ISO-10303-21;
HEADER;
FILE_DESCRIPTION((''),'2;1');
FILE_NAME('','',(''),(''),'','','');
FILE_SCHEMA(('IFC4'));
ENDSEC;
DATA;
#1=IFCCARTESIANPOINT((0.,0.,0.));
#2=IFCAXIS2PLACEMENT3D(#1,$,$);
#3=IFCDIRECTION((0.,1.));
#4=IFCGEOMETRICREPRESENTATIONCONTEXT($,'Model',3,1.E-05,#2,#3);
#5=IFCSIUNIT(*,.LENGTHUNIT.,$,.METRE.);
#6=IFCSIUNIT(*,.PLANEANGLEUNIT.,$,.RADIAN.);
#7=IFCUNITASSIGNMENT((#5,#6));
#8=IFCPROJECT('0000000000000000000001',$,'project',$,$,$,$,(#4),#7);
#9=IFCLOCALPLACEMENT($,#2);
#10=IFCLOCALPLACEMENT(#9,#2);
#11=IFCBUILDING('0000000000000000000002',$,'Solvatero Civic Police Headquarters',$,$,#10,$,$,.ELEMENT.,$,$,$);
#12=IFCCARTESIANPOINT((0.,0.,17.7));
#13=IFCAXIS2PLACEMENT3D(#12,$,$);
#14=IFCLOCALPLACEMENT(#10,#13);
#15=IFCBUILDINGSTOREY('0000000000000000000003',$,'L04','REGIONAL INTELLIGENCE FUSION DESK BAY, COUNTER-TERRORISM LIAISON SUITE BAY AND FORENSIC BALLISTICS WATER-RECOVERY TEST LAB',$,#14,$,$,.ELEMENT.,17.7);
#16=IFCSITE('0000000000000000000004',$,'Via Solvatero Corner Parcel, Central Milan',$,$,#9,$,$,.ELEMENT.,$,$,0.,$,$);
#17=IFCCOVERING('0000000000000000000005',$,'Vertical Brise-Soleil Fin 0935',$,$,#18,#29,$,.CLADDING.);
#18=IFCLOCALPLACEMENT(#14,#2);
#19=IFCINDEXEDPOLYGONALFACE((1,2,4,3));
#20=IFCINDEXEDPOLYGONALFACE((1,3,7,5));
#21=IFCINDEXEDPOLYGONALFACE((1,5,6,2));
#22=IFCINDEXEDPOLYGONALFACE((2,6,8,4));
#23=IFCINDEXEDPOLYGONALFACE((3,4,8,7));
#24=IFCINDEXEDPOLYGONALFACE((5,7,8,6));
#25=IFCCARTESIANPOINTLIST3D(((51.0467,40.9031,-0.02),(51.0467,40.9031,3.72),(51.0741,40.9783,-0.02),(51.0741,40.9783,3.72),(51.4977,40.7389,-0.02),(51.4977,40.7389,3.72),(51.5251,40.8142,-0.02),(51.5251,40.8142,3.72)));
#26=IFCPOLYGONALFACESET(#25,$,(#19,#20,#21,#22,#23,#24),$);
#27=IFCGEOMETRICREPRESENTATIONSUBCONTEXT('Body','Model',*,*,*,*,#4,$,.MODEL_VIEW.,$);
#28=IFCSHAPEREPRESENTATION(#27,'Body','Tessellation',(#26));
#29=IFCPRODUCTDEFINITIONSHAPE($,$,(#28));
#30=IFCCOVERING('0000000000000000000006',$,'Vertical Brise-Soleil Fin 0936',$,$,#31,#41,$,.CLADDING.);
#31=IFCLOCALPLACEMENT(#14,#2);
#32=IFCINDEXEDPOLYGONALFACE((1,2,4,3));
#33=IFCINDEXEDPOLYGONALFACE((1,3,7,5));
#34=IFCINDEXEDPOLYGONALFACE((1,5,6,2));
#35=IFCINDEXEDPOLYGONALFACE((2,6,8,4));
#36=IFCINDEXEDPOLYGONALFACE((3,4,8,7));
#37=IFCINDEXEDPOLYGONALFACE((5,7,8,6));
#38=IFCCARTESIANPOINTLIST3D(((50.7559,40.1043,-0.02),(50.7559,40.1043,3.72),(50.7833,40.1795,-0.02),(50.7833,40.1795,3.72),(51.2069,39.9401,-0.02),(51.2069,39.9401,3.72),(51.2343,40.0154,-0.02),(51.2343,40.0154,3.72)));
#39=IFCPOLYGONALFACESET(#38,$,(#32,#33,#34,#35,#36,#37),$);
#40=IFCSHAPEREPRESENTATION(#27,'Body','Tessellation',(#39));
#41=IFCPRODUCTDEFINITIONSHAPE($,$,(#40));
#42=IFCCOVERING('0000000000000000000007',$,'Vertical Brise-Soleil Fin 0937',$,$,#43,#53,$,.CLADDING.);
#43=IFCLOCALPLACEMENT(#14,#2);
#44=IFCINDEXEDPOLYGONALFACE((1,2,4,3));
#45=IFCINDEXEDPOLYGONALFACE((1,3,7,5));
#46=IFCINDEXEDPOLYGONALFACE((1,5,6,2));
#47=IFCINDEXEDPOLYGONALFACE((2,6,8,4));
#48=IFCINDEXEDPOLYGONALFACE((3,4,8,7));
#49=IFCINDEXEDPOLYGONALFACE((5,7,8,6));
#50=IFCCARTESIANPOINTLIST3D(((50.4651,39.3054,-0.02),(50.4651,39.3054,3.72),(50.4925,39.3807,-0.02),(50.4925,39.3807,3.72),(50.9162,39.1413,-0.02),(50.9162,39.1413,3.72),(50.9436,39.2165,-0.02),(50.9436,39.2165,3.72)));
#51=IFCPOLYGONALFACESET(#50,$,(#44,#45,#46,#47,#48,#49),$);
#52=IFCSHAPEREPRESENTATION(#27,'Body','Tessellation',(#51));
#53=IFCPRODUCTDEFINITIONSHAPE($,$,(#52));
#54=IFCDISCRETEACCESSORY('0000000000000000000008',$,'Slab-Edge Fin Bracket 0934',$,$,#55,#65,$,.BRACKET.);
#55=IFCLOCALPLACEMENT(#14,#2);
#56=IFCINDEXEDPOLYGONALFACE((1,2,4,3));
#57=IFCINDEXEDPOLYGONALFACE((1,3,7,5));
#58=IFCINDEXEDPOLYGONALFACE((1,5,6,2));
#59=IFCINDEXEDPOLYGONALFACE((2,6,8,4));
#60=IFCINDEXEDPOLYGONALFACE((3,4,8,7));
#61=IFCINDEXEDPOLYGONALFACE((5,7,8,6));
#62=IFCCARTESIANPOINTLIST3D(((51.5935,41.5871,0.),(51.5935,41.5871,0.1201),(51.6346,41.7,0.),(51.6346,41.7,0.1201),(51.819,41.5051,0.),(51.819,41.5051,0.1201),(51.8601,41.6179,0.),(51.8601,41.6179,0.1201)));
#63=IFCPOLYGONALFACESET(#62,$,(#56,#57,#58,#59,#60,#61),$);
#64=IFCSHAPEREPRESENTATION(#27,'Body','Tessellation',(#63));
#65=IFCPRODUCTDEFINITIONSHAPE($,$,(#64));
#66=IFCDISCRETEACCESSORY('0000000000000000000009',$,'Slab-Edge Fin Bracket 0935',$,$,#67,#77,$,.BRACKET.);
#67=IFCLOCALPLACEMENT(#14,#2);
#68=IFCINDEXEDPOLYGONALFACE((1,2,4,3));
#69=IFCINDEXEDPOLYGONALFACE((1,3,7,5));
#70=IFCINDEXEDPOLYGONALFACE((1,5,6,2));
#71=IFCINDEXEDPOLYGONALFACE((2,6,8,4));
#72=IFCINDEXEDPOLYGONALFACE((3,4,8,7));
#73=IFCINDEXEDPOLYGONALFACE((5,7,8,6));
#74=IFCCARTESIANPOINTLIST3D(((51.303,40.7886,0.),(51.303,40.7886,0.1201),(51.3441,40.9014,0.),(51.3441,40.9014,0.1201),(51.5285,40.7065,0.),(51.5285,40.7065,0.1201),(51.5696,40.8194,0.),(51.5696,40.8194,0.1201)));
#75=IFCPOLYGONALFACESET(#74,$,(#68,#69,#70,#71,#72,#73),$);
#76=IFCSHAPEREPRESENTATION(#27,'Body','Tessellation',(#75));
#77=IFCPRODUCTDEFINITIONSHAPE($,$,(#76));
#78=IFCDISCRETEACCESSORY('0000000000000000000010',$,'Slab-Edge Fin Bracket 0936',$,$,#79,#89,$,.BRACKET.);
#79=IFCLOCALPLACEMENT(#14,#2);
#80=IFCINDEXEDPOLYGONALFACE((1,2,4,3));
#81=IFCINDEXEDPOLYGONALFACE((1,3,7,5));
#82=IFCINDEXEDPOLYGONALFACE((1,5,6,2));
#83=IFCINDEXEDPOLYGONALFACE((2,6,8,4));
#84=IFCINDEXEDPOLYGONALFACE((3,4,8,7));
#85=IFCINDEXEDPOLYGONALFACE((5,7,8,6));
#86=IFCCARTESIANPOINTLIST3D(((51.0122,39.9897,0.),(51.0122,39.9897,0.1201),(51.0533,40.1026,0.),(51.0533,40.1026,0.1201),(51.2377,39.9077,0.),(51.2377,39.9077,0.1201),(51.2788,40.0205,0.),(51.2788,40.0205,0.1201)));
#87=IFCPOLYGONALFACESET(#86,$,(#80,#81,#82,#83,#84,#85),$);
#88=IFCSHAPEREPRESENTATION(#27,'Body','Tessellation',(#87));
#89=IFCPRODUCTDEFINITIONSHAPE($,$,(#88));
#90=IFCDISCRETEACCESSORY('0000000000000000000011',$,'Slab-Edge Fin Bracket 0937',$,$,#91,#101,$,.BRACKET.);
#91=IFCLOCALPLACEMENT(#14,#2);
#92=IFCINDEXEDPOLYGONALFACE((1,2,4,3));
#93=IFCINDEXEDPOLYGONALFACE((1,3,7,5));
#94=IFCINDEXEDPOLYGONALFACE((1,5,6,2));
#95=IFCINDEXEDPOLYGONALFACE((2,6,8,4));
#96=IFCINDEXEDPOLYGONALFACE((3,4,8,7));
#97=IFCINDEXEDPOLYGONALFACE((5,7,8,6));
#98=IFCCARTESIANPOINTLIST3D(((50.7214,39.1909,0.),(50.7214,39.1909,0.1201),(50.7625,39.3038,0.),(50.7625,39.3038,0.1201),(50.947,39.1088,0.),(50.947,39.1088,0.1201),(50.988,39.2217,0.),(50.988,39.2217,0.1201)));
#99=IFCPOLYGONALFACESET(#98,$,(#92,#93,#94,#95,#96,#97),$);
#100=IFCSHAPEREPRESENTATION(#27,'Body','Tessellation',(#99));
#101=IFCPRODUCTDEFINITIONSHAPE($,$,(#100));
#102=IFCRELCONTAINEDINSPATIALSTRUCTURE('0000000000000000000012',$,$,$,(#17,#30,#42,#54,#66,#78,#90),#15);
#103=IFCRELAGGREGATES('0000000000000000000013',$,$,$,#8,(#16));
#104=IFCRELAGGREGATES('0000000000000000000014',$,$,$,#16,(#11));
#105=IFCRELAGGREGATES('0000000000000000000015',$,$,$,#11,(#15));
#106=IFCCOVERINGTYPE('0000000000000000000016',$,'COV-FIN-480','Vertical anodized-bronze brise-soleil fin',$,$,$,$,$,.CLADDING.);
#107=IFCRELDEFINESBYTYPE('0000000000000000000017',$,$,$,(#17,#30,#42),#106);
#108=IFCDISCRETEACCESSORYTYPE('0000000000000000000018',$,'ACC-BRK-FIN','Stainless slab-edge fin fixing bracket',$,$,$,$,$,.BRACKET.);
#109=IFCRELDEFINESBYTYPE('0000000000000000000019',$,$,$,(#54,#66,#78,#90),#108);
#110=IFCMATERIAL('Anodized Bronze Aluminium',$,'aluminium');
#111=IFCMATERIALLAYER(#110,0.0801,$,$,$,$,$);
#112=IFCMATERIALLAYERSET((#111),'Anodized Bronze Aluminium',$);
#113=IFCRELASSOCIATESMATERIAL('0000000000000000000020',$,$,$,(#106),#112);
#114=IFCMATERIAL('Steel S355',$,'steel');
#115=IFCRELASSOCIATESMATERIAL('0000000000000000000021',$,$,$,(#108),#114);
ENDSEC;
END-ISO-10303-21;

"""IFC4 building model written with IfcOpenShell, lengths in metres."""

from ifc_helpers import new_model, si_unit, direction, frame, origin, origin_2d, place, context, subcontext, project, spatial, rectangle, extrude, material, layer, layer_set, type_object, element, save


model = new_model("IFC4")

# Units and contexts
model_context = context("Model", 3, precision=1e-05, world=origin(), true_north=direction((0.0, 1.0)))
body_context = subcontext(model_context, "Body", "Model", "MODEL_VIEW")
ifc_project = project(units=[si_unit("LENGTHUNIT", "METRE"), si_unit("PLANEANGLEUNIT", "RADIAN")], contexts=[model_context])

# Site, building, storey
site_placement = place(None, origin())
site = spatial("IfcSite", under=ifc_project, at=site_placement, Name="Via Solvatero Corner Parcel, Central Milan", CompositionType="ELEMENT", RefElevation=0.0)
building_placement = place(site_placement, origin())
building = spatial("IfcBuilding", under=site, at=building_placement, Name="Solvatero Civic Police Headquarters", CompositionType="ELEMENT")
storey_placement = place(building_placement, frame((0.0, 0.0, 17.7)))
storey = spatial("IfcBuildingStorey", under=building, at=storey_placement, Name="L04", Description="REGIONAL INTELLIGENCE FUSION DESK BAY, COUNTER-TERRORISM LIAISON SUITE BAY AND FORENSIC BALLISTICS WATER-RECOVERY TEST LAB", CompositionType="ELEMENT", Elevation=17.7)

# Shared definitions
ifc_material_1 = material(Name="Anodized Bronze Aluminium", Category="aluminium")

# Coverings
ifc_layer_1 = layer(ifc_material_1, 0.0801)
ifc_layer_set_1 = layer_set([ifc_layer_1], Name="Anodized Bronze Aluminium")
covering_type = type_object("IfcCoveringType", Name="COV-FIN-480", Description="Vertical anodized-bronze brise-soleil fin", PredefinedType="CLADDING", material=ifc_layer_set_1)
for number, where, z_axis, x_axis, name in (
    (1, (51.2859, 40.8586, -0.02), (0.0, 0.0, 1.0), (-0.342004, -0.939699, 0.0), "Vertical Brise-Soleil Fin 0935"),
    (2, (50.9951, 40.0598, -0.02), (0.0, 0.0, 1.0), (-0.342004, -0.939699, 0.0), "Vertical Brise-Soleil Fin 0936"),
    (3, (50.7043, 39.261, -0.02), (0.0, 0.0, 1.0), (-0.342004, -0.939699, 0.0), "Vertical Brise-Soleil Fin 0937"),
):
    element("IfcCovering", number, at=place(storey_placement, frame(where, z_axis=z_axis, x_axis=x_axis)), inside=storey, type_object=covering_type, Name=name, PredefinedType="CLADDING", context=body_context, shape_type="SweptSolid", body=[
        extrude(rectangle(XDim=0.0801, YDim=0.48, at=origin_2d()), origin(), (0.0, 0.0, 1.0), 3.74),
    ])

# Discrete accessories
ifc_material_2 = material(Name="Steel S355", Category="steel")
discrete_accessory_type = type_object("IfcDiscreteAccessoryType", Name="ACC-BRK-FIN", Description="Stainless slab-edge fin fixing bracket", PredefinedType="BRACKET", material=ifc_material_2)
for number, where, z_axis, x_axis, name in (
    (4, (51.7268, 41.6025, 0.0), (0.0, 0.0, 1.0), (-0.342004, -0.939699, 0.0), "Slab-Edge Fin Bracket 0934"),
    (5, (51.4363, 40.804, 0.0), (0.0, 0.0, 1.0), (-0.342004, -0.939699, 0.0), "Slab-Edge Fin Bracket 0935"),
    (6, (51.1455, 40.0051, 0.0), (0.0, 0.0, 1.0), (-0.342004, -0.939699, 0.0), "Slab-Edge Fin Bracket 0936"),
    (7, (50.8547, 39.2063, 0.0), (0.0, 0.0, 1.0), (-0.342004, -0.939699, 0.0), "Slab-Edge Fin Bracket 0937"),
):
    element("IfcDiscreteAccessory", number, at=place(storey_placement, frame(where, z_axis=z_axis, x_axis=x_axis)), inside=storey, type_object=discrete_accessory_type, Name=name, PredefinedType="BRACKET", context=body_context, shape_type="SweptSolid", body=[
        extrude(rectangle(XDim=0.1201, YDim=0.24, at=origin_2d()), origin(), (0.0, 0.0, 1.0), 0.1201),
    ])

save(model, "model.ifc")
